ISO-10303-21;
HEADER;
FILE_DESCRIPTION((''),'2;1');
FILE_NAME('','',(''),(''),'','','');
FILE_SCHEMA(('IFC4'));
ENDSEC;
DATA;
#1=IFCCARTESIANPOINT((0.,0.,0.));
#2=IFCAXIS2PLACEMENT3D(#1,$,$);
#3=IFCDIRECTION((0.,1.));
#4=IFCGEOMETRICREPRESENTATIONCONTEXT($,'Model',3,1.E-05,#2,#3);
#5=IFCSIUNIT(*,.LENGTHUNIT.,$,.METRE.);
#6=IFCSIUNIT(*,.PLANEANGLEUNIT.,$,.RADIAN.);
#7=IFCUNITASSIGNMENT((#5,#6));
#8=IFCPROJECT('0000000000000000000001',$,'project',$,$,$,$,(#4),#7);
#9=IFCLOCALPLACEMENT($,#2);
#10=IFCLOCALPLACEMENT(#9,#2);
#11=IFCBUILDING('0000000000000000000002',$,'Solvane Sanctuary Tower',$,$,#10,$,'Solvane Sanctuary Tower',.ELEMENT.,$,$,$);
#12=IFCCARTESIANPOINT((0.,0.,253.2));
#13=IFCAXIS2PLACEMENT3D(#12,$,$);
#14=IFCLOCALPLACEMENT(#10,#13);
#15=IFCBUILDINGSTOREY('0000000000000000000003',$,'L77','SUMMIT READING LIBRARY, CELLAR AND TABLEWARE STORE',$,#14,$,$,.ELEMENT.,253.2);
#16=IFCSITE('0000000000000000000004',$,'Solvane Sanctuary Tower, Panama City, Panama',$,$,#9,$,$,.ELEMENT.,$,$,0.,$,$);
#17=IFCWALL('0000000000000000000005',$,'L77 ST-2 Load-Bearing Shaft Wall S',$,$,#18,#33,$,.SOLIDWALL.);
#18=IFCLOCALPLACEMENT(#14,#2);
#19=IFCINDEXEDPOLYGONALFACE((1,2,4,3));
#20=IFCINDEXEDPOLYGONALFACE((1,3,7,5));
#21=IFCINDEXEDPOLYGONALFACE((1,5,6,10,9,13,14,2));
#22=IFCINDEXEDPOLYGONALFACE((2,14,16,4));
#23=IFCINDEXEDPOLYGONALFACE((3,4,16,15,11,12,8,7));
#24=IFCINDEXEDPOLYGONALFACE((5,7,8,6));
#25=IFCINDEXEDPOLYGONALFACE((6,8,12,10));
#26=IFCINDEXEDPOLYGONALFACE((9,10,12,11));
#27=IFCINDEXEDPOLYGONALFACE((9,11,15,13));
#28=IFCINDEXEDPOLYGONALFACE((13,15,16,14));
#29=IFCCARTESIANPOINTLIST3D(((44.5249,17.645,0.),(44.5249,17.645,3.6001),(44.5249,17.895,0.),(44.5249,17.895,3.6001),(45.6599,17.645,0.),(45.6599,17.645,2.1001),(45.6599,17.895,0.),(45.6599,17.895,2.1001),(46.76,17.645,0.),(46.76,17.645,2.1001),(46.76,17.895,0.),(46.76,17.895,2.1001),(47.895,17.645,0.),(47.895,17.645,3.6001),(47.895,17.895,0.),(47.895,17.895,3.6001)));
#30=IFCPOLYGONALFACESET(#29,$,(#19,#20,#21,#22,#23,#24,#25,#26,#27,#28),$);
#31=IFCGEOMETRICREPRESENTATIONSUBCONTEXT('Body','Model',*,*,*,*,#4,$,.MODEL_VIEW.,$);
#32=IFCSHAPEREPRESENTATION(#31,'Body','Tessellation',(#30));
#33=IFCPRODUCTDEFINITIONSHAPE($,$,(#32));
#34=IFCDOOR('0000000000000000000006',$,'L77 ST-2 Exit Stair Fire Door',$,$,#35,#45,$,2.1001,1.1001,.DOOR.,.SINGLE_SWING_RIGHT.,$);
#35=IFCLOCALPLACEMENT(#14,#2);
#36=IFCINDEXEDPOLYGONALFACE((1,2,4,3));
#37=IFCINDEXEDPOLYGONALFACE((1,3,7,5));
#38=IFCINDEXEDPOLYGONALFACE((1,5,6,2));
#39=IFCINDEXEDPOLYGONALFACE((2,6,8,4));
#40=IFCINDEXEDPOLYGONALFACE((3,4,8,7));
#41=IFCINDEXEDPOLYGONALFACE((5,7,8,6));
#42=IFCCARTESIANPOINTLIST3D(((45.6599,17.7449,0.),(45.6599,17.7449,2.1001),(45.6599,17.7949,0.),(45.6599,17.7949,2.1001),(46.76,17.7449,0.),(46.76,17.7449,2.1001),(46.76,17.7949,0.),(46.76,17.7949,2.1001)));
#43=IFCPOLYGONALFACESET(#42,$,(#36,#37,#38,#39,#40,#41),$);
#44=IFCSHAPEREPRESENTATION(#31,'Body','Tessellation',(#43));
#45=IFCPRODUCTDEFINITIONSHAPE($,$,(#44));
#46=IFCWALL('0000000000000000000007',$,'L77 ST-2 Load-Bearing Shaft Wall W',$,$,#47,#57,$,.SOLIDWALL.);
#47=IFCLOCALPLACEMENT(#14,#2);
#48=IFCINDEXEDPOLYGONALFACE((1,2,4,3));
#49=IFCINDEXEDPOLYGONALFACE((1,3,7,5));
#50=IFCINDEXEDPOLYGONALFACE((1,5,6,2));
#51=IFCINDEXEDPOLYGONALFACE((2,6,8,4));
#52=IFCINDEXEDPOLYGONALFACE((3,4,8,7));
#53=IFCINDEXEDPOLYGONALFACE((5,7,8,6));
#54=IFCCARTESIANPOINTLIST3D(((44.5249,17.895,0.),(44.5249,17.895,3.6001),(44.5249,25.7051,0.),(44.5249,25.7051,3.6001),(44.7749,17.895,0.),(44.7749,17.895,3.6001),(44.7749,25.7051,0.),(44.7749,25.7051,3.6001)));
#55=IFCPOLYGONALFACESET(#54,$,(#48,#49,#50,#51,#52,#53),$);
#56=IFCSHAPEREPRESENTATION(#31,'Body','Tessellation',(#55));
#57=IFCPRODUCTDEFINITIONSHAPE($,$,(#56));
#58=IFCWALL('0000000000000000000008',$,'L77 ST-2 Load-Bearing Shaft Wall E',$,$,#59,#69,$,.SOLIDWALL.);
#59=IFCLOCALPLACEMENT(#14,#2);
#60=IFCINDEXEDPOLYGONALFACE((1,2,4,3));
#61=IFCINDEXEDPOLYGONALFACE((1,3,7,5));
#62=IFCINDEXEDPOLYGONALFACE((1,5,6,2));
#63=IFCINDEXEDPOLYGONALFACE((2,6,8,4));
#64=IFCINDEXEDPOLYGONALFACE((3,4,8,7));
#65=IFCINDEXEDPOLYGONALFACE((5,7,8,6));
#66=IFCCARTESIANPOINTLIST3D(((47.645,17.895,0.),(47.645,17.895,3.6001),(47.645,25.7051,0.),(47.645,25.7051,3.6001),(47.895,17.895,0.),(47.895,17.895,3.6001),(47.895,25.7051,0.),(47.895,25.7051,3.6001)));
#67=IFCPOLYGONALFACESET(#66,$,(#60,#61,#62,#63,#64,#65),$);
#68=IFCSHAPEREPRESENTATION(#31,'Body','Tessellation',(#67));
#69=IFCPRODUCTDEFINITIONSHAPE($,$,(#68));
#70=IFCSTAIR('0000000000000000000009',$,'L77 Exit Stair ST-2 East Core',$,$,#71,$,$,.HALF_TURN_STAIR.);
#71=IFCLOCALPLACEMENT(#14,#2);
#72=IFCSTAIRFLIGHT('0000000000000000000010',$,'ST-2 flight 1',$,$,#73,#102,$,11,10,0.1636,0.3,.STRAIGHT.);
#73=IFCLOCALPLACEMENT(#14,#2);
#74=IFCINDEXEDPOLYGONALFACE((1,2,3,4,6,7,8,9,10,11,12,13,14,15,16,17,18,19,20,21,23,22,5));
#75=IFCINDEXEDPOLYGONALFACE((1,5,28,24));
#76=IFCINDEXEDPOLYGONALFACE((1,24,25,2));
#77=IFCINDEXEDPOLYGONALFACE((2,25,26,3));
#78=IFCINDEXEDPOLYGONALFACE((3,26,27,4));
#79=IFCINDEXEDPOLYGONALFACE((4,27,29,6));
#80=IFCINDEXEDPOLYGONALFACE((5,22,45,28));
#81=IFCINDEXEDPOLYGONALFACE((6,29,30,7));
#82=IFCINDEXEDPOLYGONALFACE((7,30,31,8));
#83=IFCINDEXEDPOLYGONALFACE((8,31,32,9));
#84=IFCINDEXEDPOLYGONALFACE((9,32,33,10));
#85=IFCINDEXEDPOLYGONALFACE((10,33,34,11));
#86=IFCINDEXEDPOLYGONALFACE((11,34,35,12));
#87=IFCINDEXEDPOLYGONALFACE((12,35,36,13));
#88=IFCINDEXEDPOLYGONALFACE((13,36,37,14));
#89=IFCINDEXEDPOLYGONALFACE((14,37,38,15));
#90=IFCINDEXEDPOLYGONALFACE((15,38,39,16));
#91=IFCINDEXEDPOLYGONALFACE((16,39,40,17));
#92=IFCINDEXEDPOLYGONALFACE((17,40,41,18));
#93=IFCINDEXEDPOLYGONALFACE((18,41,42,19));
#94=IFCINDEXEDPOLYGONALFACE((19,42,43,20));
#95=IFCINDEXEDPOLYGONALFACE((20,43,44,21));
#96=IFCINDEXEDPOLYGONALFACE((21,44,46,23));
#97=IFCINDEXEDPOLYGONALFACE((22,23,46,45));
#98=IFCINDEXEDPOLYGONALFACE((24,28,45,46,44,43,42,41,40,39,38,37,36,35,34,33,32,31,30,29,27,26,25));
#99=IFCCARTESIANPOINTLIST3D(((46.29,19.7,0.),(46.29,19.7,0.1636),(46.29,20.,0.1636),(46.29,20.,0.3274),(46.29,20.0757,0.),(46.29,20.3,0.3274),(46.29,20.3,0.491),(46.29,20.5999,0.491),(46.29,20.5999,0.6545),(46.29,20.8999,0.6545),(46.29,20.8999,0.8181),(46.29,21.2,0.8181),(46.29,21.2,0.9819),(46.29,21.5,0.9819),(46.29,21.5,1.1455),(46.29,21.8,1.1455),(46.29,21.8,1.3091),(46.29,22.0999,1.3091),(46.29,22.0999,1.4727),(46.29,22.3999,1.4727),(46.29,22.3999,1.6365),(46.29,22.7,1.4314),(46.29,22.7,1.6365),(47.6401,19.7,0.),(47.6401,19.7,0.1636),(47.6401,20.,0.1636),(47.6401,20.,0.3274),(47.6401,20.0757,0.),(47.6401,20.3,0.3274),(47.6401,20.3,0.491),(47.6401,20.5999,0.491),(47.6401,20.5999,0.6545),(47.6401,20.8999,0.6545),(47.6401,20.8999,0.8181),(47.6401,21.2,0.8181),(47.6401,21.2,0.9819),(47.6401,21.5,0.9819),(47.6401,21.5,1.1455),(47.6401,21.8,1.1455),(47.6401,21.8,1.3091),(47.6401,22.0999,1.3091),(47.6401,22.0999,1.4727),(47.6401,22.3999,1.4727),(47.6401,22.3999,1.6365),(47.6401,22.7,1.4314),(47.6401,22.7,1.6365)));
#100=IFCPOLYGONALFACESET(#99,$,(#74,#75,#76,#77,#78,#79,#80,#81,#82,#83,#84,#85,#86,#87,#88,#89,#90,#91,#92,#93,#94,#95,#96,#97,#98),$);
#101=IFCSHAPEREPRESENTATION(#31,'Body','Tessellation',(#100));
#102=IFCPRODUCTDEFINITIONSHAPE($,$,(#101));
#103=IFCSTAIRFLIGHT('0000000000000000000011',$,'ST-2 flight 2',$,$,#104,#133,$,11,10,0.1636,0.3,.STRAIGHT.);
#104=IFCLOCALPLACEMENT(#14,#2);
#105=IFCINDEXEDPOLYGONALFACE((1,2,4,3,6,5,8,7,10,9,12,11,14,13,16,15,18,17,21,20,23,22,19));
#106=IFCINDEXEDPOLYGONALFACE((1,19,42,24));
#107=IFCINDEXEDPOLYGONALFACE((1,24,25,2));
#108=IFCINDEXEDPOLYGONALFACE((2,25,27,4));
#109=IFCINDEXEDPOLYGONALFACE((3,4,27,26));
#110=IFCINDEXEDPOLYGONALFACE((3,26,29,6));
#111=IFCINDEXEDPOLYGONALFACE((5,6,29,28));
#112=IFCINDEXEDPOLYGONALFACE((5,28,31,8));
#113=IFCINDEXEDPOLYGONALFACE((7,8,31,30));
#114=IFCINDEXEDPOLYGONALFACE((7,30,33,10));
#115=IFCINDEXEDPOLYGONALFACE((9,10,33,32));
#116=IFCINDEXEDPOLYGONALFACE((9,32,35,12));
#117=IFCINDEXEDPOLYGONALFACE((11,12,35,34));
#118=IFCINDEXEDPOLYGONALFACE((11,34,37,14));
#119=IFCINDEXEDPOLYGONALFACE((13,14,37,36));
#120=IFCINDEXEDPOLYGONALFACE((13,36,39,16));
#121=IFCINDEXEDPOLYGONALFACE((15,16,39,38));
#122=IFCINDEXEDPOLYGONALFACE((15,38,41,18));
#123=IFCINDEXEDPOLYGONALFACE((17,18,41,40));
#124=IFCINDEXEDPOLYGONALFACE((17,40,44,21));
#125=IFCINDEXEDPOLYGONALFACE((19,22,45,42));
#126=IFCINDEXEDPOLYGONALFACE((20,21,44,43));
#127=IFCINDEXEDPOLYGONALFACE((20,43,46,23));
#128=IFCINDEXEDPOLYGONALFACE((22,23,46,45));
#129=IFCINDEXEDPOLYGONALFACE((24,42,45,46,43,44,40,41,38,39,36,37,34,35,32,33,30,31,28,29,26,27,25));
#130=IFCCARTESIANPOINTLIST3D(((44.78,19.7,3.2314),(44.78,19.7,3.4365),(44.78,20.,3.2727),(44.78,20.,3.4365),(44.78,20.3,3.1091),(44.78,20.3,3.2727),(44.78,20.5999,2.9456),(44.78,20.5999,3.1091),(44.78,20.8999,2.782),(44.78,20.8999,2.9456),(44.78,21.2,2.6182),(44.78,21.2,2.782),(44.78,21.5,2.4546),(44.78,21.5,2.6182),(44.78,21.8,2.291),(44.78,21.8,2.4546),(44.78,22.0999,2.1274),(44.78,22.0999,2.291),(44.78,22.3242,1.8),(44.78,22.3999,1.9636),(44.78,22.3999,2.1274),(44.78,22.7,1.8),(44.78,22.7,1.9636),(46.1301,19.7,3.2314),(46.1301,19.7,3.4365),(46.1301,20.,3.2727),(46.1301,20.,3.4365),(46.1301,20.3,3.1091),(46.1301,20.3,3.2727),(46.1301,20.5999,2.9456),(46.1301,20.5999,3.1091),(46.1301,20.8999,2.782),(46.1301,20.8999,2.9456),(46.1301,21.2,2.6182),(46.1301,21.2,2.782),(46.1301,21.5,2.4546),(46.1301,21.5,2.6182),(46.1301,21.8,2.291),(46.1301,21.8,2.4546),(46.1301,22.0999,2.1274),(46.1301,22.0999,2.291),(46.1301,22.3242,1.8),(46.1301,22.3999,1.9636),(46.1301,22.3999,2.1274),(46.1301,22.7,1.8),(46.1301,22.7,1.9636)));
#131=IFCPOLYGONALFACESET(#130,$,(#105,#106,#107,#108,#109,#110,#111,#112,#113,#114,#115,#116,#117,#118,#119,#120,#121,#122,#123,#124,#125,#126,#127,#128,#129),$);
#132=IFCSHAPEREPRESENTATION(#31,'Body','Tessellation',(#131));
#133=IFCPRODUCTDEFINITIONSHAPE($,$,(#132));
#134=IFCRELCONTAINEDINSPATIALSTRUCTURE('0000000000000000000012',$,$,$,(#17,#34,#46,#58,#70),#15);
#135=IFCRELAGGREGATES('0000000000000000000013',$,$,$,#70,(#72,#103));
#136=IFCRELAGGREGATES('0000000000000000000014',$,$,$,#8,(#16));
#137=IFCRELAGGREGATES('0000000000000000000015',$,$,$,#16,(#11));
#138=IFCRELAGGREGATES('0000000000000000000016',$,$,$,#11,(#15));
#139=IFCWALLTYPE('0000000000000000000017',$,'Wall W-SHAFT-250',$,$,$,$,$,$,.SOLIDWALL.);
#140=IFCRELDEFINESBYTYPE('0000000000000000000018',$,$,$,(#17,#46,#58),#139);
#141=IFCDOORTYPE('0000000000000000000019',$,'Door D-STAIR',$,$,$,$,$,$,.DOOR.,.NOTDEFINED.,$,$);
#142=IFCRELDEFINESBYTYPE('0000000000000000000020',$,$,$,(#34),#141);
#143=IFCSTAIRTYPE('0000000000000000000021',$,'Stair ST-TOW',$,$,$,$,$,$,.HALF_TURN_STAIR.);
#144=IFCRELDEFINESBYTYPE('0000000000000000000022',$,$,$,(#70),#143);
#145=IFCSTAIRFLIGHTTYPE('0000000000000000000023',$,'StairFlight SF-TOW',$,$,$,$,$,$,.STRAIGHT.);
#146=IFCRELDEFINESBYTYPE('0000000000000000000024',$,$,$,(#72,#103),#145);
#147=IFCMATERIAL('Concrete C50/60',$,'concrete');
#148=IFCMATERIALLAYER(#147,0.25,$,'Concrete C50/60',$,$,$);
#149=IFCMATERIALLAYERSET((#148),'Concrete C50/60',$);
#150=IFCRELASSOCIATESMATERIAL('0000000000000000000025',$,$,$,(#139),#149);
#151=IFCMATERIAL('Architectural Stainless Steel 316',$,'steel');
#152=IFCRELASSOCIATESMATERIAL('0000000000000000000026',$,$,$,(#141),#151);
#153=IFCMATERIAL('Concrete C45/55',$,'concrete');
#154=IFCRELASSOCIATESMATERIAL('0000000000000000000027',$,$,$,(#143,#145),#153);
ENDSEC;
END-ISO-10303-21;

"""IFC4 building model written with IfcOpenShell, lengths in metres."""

from ifc_helpers import new_model, si_unit, direction, frame, frame_2d, origin, place, context, subcontext, project, spatial, polyline, rectangle, outline, extrude, material, layer, layer_set, type_object, element, fill, aggregate, save


model = new_model("IFC4")

# Units and contexts
model_context = context("Model", 3, precision=1e-05, world=origin(), true_north=direction((0.0, 1.0)))
body_context = subcontext(model_context, "Body", "Model", "MODEL_VIEW")
ifc_project = project(units=[si_unit("LENGTHUNIT", "METRE"), si_unit("PLANEANGLEUNIT", "RADIAN")], contexts=[model_context])

# Site, building, storey
site_placement = place(None, origin())
site = spatial("IfcSite", under=ifc_project, at=site_placement, Name="Solvane Sanctuary Tower, Panama City, Panama", CompositionType="ELEMENT", RefElevation=0.0)
building_placement = place(site_placement, origin())
building = spatial("IfcBuilding", under=site, at=building_placement, Name="Solvane Sanctuary Tower", LongName="Solvane Sanctuary Tower", CompositionType="ELEMENT")
storey_placement = place(building_placement, frame((0.0, 0.0, 253.2)))
storey = spatial("IfcBuildingStorey", under=building, at=storey_placement, Name="L77", Description="SUMMIT READING LIBRARY, CELLAR AND TABLEWARE STORE", CompositionType="ELEMENT", Elevation=253.2)

# Shared definitions
ifc_material_1 = material(Name="Architectural Stainless Steel 316", Category="steel")

# Shared definitions
ifc_material_2 = material(Name="Concrete C50/60", Category="concrete")

# Wall, opening, door
ifc_layer_1 = layer(ifc_material_2, 0.25, Name="Concrete C50/60")
ifc_layer_set_1 = layer_set([ifc_layer_1], Name="Concrete C50/60")
wall_type_1 = type_object("IfcWallType", Name="Wall W-SHAFT-250", PredefinedType="SOLIDWALL", material=ifc_layer_set_1)
wall_1_placement = place(storey_placement, frame((44.5249, 17.77, 0.0), z_axis=(0.0, 0.0, 1.0), x_axis=(1.0, 0.0, 0.0)))
wall_1 = element("IfcWall", 1, at=wall_1_placement, inside=storey, type_object=wall_type_1, Name="L77 ST-2 Load-Bearing Shaft Wall S", PredefinedType="SOLIDWALL", context=body_context, shape_type="SweptSolid", body=[
    extrude(rectangle(XDim=3.3701, YDim=0.25, at=frame_2d((1.6851, 0.0))), origin(), (0.0, 0.0, 1.0), 3.6001),
])
opening_1_placement = place(wall_1_placement, frame((1.135, 0.0, 0.0)))
opening_1 = element("IfcOpeningElement", 2, at=opening_1_placement, cuts=wall_1, PredefinedType="OPENING", context=body_context, shape_type="SweptSolid", body=[
    extrude(rectangle(XDim=1.1001, YDim=2.1001, at=frame_2d((0.55, 1.05))), frame((0.0, 0.135, 0.0), z_axis=(0.0, -1.0, 0.0), x_axis=(1.0, 0.0, 0.0)), (0.0, 0.0, 1.0), 0.27),
])
door_type_1 = type_object("IfcDoorType", Name="Door D-STAIR", OperationType="NOTDEFINED", PredefinedType="DOOR", material=ifc_material_1)
door_1_placement = place(opening_1_placement, origin())
door_1 = element("IfcDoor", 3, at=door_1_placement, inside=storey, type_object=door_type_1, Name="L77 ST-2 Exit Stair Fire Door", OperationType="SINGLE_SWING_RIGHT", OverallHeight=2.1001, OverallWidth=1.1001, PredefinedType="DOOR", context=body_context, shape_type="SweptSolid", body=[
    extrude(rectangle(XDim=1.1001, YDim=2.1001, at=frame_2d((0.55, 1.05))), frame((0.0, 0.0249, 0.0), z_axis=(0.0, -1.0, 0.0), x_axis=(1.0, 0.0, 0.0)), (0.0, 0.0, 1.0), 0.05),
])
fill(opening_1, door_1)

# Walls
for number, where, z_axis, x_axis, name in (
    (4, (44.6499, 17.895, 0.0), (0.0, 0.0, 1.0), (0.0, 1.0, 0.0), "L77 ST-2 Load-Bearing Shaft Wall W"),
    (5, (47.77, 17.895, 0.0), (0.0, 0.0, 1.0), (0.0, 1.0, 0.0), "L77 ST-2 Load-Bearing Shaft Wall E"),
):
    element("IfcWall", number, at=place(storey_placement, frame(where, z_axis=z_axis, x_axis=x_axis)), inside=storey, type_object=wall_type_1, Name=name, PredefinedType="SOLIDWALL", context=body_context, shape_type="SweptSolid", body=[
        extrude(rectangle(XDim=7.8101, YDim=0.25, at=frame_2d((3.905, 0.0))), origin(), (0.0, 0.0, 1.0), 3.6001),
    ])

# Stair, stair flights
ifc_material_3 = material(Name="Concrete C45/55", Category="concrete")
stair_type = type_object("IfcStairType", Name="Stair ST-TOW", PredefinedType="HALF_TURN_STAIR", material=ifc_material_3)
stair_placement = place(storey_placement, origin())
stair = element("IfcStair", 6, at=stair_placement, inside=storey, type_object=stair_type, Name="L77 Exit Stair ST-2 East Core", PredefinedType="HALF_TURN_STAIR")
stair_flight_type = type_object("IfcStairFlightType", Name="StairFlight SF-TOW", PredefinedType="STRAIGHT", material=ifc_material_3)
stair_flight_1_placement = place(storey_placement, frame((46.9651, 19.7, 0.0), z_axis=(0.0, 0.0, 1.0), x_axis=(0.0, 1.0, 0.0)))
stair_flight_1 = element("IfcStairFlight", 7, at=stair_flight_1_placement, type_object=stair_flight_type, Name="ST-2 flight 1", NumberOfRisers=11, NumberOfTreads=10, PredefinedType="STRAIGHT", RiserHeight=0.1636, TreadLength=0.3, context=body_context, shape_type="SweptSolid", body=[
    extrude(outline(polyline([(0.0, 0.0), (0.0, 0.1636), (0.3, 0.1636), (0.3, 0.3274), (0.6001, 0.3274), (0.6001, 0.491), (0.8999, 0.491), (0.8999, 0.6545), (1.2, 0.6545), (1.2, 0.8181), (1.5, 0.8181), (1.5, 0.9819), (1.8, 0.9819), (1.8, 1.1455), (2.1001, 1.1455), (2.1001, 1.3091), (2.3999, 1.3091), (2.3999, 1.4727), (2.7, 1.4727), (2.7, 1.6365), (3.0, 1.6365), (3.0, 1.8), (3.0, 1.4314), (0.3757, 0.0), (0.0, 0.0)])), frame((0.0, 0.675, 0.0), z_axis=(0.0, -1.0, 0.0), x_axis=(1.0, 0.0, 0.0)), (0.0, 0.0, 1.0), 1.3501),
])
stair_flight_2_placement = place(storey_placement, frame((45.4551, 22.7, 1.8), z_axis=(0.0, 0.0, 1.0), x_axis=(0.0, -1.0, 0.0)))
stair_flight_2 = element("IfcStairFlight", 8, at=stair_flight_2_placement, type_object=stair_flight_type, Name="ST-2 flight 2", NumberOfRisers=11, NumberOfTreads=10, PredefinedType="STRAIGHT", RiserHeight=0.1636, TreadLength=0.3, context=body_context, shape_type="SweptSolid", body=[
    extrude(outline(polyline([(0.0, 0.0), (0.0, 0.1636), (0.3, 0.1636), (0.3, 0.3274), (0.6001, 0.3274), (0.6001, 0.491), (0.8999, 0.491), (0.8999, 0.6545), (1.2, 0.6545), (1.2, 0.8181), (1.5, 0.8181), (1.5, 0.9819), (1.8, 0.9819), (1.8, 1.1455), (2.1001, 1.1455), (2.1001, 1.3091), (2.3999, 1.3091), (2.3999, 1.4727), (2.7, 1.4727), (2.7, 1.6365), (3.0, 1.6365), (3.0, 1.8), (3.0, 1.4314), (0.3757, 0.0), (0.0, 0.0)])), frame((0.0, 0.675, 0.0), z_axis=(0.0, -1.0, 0.0), x_axis=(1.0, 0.0, 0.0)), (0.0, 0.0, 1.0), 1.3501),
])
aggregate(stair, [stair_flight_1, stair_flight_2])

save(model, "model.ifc")
